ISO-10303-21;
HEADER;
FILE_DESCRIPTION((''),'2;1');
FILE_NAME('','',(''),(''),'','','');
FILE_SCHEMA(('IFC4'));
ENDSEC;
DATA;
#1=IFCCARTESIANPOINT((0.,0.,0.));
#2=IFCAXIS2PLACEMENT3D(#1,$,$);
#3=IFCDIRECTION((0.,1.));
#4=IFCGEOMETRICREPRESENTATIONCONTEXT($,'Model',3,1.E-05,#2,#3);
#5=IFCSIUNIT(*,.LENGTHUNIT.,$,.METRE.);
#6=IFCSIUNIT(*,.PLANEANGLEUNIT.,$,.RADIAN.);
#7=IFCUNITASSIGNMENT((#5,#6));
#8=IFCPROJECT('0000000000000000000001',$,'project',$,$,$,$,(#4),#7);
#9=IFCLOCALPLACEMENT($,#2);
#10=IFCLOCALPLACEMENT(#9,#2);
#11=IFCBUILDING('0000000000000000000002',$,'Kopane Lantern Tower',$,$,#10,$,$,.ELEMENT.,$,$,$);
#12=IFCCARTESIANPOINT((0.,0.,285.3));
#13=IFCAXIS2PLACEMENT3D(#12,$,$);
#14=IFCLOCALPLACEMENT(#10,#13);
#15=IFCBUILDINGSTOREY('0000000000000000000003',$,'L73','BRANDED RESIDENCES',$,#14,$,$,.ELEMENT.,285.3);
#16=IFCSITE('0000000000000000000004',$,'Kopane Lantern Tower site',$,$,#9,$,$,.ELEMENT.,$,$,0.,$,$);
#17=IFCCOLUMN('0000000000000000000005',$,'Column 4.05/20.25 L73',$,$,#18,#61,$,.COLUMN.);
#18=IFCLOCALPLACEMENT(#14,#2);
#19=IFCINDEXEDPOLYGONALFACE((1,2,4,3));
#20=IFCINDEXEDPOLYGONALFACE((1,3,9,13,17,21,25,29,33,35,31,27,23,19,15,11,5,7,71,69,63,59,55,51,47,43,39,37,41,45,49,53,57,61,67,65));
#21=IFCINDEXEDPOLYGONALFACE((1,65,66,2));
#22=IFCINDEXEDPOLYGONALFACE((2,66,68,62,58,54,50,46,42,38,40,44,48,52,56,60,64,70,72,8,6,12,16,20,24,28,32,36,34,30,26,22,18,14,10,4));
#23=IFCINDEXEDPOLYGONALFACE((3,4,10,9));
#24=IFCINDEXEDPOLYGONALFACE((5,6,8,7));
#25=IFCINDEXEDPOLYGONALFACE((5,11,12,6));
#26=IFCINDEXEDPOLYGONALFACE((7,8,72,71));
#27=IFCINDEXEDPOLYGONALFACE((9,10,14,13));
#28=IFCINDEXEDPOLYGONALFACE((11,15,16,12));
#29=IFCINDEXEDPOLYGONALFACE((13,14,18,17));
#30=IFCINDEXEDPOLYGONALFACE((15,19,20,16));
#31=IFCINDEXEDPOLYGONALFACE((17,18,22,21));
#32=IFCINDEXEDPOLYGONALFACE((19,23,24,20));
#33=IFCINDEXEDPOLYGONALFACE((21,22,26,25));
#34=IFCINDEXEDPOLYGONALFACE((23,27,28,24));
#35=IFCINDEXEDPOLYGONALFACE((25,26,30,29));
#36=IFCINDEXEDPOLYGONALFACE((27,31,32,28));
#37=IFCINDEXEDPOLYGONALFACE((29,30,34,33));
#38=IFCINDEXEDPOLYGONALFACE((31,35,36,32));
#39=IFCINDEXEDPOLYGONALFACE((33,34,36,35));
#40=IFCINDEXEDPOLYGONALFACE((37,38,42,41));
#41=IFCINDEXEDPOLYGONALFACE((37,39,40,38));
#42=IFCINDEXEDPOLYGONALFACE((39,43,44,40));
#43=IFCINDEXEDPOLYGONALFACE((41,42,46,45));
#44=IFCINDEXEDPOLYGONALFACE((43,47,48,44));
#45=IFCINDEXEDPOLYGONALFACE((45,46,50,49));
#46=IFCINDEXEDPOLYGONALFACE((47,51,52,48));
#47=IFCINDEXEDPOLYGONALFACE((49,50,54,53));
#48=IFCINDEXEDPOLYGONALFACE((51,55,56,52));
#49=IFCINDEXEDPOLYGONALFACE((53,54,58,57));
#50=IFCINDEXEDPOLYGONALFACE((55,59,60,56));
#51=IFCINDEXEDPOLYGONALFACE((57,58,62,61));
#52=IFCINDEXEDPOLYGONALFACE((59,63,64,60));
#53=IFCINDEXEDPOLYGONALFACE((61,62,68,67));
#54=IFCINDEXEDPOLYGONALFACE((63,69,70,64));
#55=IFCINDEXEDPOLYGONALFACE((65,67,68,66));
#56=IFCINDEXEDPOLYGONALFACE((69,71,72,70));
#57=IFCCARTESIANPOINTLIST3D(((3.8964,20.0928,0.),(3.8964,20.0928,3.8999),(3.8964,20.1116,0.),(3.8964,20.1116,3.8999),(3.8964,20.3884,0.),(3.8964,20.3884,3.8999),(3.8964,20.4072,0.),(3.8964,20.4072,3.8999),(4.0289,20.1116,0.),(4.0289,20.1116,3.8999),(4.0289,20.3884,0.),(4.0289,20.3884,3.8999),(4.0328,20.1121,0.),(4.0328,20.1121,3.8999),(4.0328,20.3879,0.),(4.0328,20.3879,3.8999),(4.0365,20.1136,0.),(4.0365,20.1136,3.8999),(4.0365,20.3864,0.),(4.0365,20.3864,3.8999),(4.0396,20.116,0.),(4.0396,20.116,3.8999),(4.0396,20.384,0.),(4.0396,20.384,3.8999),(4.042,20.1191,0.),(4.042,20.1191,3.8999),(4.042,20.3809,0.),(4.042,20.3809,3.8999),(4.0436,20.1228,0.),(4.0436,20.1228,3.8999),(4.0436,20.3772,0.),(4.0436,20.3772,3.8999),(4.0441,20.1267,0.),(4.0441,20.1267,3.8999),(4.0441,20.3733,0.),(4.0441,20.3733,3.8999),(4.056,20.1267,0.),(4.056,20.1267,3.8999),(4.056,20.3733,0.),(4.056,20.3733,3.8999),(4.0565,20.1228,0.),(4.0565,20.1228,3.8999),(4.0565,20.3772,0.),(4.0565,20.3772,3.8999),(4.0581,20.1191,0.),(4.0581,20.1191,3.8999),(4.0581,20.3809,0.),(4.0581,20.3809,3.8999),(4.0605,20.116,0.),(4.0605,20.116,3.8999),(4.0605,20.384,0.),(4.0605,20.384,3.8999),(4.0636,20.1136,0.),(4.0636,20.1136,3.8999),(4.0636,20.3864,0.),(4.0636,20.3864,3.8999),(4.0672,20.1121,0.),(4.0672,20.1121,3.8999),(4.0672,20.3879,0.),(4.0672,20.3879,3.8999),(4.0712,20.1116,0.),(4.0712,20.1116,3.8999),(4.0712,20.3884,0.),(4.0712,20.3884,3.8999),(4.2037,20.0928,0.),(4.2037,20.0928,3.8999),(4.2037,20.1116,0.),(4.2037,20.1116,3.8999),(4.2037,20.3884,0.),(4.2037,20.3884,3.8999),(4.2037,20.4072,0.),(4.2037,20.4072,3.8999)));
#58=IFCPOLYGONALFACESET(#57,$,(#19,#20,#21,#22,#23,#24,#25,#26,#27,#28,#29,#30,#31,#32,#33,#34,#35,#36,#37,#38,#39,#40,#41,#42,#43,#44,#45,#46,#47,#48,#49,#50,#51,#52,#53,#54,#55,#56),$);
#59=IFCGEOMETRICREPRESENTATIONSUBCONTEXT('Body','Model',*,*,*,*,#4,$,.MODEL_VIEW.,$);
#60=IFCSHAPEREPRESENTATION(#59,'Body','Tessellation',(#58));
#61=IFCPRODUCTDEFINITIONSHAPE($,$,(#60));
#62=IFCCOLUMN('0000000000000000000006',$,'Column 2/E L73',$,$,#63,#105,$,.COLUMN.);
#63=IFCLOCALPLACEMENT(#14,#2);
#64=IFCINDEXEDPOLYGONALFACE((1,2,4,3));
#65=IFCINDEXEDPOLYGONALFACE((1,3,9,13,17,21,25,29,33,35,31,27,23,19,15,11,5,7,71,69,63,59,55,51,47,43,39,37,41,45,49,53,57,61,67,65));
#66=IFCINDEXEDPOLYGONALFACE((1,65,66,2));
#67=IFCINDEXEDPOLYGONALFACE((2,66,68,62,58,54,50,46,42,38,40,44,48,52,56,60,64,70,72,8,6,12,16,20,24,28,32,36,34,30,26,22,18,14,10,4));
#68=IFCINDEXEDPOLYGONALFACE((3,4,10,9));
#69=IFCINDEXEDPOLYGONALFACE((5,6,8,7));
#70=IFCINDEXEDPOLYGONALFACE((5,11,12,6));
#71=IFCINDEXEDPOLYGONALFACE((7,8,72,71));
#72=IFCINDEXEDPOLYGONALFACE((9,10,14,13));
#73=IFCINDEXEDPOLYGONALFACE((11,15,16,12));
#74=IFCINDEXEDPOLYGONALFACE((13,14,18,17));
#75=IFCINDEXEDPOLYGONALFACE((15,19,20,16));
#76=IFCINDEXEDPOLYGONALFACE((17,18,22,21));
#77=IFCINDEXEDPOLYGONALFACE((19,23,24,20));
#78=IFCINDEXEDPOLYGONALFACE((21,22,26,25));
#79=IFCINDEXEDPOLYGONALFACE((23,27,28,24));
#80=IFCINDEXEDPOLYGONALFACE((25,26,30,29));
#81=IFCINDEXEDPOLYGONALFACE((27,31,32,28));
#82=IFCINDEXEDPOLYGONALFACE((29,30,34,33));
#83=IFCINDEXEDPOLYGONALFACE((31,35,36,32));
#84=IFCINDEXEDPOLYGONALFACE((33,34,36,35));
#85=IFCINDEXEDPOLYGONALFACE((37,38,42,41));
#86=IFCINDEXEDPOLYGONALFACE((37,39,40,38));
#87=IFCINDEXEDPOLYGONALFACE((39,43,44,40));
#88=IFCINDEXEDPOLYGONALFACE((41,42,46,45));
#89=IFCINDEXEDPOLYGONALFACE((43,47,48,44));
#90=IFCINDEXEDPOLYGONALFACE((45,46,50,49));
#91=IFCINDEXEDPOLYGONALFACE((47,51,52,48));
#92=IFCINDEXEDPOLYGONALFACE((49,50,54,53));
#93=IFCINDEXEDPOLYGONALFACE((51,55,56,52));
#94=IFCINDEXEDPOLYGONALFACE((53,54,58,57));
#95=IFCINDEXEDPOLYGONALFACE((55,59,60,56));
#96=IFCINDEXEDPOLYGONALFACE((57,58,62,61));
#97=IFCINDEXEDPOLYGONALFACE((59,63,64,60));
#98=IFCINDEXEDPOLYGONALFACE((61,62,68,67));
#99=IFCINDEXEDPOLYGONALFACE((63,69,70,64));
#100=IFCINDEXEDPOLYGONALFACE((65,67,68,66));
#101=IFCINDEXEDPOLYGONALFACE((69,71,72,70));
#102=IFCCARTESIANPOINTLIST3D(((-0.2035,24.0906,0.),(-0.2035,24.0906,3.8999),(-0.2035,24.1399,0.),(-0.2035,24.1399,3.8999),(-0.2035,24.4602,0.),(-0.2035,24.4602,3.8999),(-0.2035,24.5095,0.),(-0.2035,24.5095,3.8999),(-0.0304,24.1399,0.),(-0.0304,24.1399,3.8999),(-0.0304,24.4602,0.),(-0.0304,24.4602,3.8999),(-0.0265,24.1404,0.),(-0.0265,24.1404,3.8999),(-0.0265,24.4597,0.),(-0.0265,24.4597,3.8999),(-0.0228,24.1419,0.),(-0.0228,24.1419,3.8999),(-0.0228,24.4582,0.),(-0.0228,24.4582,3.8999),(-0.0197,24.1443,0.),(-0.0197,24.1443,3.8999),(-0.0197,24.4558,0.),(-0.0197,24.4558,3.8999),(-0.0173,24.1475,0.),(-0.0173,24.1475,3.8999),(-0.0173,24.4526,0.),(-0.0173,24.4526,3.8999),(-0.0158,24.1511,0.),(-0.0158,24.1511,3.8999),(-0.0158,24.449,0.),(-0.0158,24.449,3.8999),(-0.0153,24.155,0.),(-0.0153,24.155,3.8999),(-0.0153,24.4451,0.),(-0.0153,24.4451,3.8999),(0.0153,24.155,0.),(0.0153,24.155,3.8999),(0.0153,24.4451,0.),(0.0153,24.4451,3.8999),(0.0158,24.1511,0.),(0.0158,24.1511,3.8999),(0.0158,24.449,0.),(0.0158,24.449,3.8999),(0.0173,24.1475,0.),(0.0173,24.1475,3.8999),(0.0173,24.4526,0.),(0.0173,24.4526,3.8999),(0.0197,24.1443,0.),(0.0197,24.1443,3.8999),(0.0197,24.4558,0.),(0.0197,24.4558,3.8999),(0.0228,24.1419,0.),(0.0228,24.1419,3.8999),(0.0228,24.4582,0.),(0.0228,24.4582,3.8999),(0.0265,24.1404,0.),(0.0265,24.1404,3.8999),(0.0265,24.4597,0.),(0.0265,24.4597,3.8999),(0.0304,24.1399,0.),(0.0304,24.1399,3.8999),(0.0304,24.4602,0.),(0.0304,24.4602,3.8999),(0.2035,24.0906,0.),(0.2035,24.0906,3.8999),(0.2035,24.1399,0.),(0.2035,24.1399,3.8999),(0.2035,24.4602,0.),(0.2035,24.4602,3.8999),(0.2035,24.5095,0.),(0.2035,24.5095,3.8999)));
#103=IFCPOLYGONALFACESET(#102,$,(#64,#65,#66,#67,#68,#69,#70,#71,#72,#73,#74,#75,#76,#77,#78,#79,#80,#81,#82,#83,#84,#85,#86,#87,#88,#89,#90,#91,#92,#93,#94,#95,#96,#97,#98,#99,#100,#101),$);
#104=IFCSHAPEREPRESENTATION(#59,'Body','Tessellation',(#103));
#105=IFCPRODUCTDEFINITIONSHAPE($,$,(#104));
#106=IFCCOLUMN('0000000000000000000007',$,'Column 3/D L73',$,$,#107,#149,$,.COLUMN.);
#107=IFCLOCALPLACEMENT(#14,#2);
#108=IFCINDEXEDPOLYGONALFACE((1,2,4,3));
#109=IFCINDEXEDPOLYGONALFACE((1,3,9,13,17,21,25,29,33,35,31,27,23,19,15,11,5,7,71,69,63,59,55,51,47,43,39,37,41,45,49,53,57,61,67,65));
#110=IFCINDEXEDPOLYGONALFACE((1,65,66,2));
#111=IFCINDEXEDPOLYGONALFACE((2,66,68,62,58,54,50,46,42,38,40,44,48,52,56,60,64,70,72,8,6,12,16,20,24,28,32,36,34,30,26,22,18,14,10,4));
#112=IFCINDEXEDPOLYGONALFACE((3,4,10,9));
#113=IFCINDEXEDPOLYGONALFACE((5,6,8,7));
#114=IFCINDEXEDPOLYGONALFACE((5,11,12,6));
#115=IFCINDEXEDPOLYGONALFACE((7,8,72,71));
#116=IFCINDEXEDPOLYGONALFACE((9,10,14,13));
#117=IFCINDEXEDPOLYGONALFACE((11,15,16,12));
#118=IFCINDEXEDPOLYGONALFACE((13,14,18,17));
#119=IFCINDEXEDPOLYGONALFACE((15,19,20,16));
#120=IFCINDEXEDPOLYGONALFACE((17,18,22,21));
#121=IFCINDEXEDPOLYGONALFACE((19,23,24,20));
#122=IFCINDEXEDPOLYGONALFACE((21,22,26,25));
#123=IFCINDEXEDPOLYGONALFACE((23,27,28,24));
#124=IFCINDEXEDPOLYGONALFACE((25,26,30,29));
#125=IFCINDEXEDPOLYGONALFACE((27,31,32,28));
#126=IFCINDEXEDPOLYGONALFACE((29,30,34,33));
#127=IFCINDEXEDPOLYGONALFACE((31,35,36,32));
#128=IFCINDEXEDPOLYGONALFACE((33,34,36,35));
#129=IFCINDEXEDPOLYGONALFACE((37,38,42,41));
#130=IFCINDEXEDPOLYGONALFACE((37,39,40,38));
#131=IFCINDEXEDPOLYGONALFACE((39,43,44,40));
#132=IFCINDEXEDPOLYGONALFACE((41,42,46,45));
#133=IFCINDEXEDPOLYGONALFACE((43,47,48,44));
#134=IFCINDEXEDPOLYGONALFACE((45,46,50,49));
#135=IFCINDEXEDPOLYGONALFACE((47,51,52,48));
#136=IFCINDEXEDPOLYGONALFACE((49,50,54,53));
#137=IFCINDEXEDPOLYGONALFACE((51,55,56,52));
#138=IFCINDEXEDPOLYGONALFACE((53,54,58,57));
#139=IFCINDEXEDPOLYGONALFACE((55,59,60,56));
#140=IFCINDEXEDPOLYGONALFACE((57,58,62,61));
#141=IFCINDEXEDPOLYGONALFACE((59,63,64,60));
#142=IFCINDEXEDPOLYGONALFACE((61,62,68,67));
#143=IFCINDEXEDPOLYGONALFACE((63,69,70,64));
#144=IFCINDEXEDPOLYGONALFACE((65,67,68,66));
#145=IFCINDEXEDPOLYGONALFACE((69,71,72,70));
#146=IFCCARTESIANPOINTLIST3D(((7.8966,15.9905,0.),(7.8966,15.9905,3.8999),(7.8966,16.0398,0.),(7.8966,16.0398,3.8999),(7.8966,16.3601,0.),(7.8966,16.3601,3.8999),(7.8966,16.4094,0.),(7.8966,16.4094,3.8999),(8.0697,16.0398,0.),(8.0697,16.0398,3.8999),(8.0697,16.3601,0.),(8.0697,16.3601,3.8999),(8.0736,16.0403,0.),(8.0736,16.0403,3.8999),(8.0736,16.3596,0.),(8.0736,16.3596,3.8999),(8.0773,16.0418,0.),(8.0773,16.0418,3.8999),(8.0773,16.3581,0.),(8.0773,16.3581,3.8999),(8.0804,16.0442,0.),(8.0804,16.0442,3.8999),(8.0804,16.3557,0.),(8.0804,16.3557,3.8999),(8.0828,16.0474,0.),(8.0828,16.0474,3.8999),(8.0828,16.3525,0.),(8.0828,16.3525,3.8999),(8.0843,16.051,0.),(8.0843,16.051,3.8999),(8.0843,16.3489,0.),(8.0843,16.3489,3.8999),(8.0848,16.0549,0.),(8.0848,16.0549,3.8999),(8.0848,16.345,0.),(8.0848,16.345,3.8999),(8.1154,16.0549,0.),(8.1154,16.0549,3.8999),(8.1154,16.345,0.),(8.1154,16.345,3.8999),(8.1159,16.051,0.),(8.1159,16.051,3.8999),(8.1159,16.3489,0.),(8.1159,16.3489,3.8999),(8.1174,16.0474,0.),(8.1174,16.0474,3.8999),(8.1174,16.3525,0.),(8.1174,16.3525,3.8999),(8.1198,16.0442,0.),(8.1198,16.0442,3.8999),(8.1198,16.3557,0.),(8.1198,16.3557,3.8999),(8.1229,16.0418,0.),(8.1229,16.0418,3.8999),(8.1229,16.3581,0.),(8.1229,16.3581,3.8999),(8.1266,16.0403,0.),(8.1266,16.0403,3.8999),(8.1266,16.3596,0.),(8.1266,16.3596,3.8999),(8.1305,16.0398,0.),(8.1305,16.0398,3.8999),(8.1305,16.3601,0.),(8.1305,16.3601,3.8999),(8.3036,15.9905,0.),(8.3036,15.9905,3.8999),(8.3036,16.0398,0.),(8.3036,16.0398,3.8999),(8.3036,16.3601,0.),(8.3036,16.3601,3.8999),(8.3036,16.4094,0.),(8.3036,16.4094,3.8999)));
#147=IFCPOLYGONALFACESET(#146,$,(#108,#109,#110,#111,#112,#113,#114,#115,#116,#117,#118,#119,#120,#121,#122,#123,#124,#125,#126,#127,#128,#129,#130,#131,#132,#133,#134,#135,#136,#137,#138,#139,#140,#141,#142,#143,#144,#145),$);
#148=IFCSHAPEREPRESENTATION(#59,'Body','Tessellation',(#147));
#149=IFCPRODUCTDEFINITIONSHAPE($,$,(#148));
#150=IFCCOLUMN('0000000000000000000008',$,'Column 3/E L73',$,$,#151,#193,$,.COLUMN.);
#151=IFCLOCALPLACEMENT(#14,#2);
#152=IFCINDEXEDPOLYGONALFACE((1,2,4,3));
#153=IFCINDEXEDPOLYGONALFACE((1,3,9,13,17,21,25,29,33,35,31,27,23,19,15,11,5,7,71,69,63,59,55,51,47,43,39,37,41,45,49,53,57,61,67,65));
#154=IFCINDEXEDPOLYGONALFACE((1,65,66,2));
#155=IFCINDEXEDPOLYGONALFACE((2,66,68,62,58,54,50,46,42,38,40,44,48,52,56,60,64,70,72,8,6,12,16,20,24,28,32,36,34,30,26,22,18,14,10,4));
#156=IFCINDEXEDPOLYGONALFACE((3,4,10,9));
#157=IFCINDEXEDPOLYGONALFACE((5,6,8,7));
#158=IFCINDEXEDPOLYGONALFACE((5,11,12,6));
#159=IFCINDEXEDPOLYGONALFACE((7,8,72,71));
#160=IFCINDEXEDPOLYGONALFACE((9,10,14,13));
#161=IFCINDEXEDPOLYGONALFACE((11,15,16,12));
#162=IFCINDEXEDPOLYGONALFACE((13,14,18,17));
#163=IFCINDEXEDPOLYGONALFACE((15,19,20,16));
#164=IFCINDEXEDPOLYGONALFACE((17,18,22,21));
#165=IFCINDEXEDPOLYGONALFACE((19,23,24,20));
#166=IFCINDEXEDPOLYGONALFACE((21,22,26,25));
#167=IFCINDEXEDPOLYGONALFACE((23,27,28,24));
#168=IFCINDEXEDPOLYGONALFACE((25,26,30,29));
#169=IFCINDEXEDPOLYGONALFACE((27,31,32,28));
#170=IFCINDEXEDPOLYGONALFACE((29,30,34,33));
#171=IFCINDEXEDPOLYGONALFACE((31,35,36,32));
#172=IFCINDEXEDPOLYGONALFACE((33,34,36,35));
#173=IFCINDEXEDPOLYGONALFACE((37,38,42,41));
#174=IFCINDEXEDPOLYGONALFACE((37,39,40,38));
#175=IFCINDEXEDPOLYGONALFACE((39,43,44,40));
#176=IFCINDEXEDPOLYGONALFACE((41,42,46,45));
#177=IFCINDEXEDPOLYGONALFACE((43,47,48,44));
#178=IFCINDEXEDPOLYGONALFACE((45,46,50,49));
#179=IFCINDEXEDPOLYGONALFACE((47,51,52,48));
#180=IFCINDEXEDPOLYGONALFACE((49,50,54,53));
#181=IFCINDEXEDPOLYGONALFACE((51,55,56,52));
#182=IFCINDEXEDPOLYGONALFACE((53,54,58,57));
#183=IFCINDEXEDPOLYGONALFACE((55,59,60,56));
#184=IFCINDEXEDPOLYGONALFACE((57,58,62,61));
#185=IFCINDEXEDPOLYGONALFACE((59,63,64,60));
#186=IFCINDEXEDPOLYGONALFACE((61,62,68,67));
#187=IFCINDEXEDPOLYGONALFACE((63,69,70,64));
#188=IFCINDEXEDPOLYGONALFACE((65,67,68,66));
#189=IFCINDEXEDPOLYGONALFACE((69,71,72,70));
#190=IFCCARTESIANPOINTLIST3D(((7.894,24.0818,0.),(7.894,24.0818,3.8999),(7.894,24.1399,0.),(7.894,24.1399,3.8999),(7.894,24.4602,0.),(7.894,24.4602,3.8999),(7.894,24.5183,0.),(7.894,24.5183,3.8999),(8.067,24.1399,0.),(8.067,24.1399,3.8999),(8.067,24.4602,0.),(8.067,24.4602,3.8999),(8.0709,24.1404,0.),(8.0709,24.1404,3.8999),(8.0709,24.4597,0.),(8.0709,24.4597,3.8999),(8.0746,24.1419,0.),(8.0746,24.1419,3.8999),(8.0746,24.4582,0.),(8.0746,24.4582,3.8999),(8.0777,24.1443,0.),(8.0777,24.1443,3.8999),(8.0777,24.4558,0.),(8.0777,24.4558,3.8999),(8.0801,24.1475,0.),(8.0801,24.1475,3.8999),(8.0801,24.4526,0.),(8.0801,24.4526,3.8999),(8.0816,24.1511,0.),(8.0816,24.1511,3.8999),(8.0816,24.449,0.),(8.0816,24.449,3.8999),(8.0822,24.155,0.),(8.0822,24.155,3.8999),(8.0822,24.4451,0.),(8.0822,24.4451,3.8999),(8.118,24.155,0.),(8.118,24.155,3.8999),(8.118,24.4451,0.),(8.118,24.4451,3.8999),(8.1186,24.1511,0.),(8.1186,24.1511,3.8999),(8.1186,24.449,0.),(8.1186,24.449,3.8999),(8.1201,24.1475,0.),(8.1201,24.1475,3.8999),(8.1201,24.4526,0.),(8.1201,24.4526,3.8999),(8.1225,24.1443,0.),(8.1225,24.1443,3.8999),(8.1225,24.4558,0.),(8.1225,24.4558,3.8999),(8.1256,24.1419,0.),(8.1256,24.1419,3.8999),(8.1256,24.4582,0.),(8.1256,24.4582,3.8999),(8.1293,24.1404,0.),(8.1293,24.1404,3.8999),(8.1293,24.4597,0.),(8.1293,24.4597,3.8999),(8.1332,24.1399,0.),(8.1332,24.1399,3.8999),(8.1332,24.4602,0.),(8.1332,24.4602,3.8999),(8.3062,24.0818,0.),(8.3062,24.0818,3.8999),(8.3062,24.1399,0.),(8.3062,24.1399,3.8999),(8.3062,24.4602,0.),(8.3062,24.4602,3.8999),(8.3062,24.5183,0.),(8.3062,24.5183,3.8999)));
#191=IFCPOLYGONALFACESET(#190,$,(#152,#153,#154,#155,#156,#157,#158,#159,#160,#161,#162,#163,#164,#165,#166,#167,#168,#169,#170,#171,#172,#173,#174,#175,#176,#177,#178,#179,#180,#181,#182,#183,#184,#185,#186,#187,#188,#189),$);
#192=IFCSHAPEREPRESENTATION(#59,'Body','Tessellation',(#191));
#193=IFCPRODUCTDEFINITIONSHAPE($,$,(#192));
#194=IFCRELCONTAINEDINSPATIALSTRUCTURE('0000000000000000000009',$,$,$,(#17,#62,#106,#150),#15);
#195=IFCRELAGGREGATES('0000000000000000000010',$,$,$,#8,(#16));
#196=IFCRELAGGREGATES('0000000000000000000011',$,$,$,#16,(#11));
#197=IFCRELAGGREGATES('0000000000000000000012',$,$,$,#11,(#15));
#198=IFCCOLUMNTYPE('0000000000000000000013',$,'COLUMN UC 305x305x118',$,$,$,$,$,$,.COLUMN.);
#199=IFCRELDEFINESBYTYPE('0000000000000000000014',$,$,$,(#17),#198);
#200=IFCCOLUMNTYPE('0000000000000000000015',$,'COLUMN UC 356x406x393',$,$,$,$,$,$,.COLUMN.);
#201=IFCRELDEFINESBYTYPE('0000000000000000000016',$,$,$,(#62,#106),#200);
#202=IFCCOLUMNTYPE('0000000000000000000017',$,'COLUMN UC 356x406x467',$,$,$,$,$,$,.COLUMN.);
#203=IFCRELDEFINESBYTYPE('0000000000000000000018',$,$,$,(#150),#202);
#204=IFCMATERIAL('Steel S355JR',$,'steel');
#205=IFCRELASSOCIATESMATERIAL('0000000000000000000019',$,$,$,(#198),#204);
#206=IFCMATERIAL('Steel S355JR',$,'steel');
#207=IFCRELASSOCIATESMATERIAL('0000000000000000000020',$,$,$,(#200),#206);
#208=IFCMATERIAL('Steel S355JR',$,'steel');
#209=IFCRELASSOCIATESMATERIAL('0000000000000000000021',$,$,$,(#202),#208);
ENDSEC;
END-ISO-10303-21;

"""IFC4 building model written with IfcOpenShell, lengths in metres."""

from ifc_helpers import new_model, si_unit, direction, frame, origin, origin_2d, place, context, subcontext, project, spatial, i_section, extrude, material, material_profile, profile_set, type_object, element, save


model = new_model("IFC4")

# Units and contexts
model_context = context("Model", 3, precision=1e-05, world=origin(), true_north=direction((0.0, 1.0)))
body_context = subcontext(model_context, "Body", "Model", "MODEL_VIEW")
ifc_project = project(units=[si_unit("LENGTHUNIT", "METRE"), si_unit("PLANEANGLEUNIT", "RADIAN")], contexts=[model_context])

# Site, building, storey
site_placement = place(None, origin())
site = spatial("IfcSite", under=ifc_project, at=site_placement, Name="Kopane Lantern Tower site", CompositionType="ELEMENT", RefElevation=0.0)
building_placement = place(site_placement, origin())
building = spatial("IfcBuilding", under=site, at=building_placement, Name="Kopane Lantern Tower", CompositionType="ELEMENT")
storey_placement = place(building_placement, frame((0.0, 0.0, 285.3)))
storey = spatial("IfcBuildingStorey", under=building, at=storey_placement, Name="L73", Description="BRANDED RESIDENCES", CompositionType="ELEMENT", Elevation=285.3)

# Columns
ifc_material_1 = material(Name="Steel S355JR", Category="steel")
ifc_material_profile_1 = material_profile(ifc_material_1, i_section(OverallWidth=0.3074, OverallDepth=0.3145, WebThickness=0.012, FlangeThickness=0.0188, FilletRadius=0.0151, at=origin_2d()), Name="UC 305x305x118")
ifc_profile_set_1 = profile_set([ifc_material_profile_1], Name="Steel S355JR")
column_type_1 = type_object("IfcColumnType", Name="COLUMN UC 305x305x118", PredefinedType="COLUMN", material=ifc_profile_set_1)
column_1_placement = place(storey_placement, frame((4.05, 20.25, 0.0), z_axis=(0.0, 0.0, 1.0), x_axis=(1.0, 0.0, 0.0)))
element("IfcColumn", 1, at=column_1_placement, inside=storey, type_object=column_type_1, Name="Column 4.05/20.25 L73", PredefinedType="COLUMN", context=body_context, shape_type="SweptSolid", body=[
    extrude(i_section(OverallWidth=0.3074, OverallDepth=0.3145, WebThickness=0.012, FlangeThickness=0.0188, FilletRadius=0.0151, at=origin_2d()), origin(), (0.0, 0.0, 1.0), 3.8999),
])
ifc_material_2 = material(Name="Steel S355JR", Category="steel")
ifc_material_profile_2 = material_profile(ifc_material_2, i_section(OverallWidth=0.407, OverallDepth=0.4189, WebThickness=0.0305, FlangeThickness=0.0493, FilletRadius=0.0151, at=origin_2d()), Name="UC 356x406x393")
ifc_profile_set_2 = profile_set([ifc_material_profile_2], Name="Steel S355JR")
column_type_2 = type_object("IfcColumnType", Name="COLUMN UC 356x406x393", PredefinedType="COLUMN", material=ifc_profile_set_2)
for number, where, z_axis, x_axis, name in (
    (2, (0.0, 24.3, 0.0), (0.0, 0.0, 1.0), (1.0, 0.0, 0.0), "Column 2/E L73"),
    (3, (8.1001, 16.2, 0.0), (0.0, 0.0, 1.0), (1.0, 0.0, 0.0), "Column 3/D L73"),
):
    element("IfcColumn", number, at=place(storey_placement, frame(where, z_axis=z_axis, x_axis=x_axis)), inside=storey, type_object=column_type_2, Name=name, PredefinedType="COLUMN", context=body_context, shape_type="SweptSolid", body=[
        extrude(i_section(OverallWidth=0.407, OverallDepth=0.4189, WebThickness=0.0305, FlangeThickness=0.0493, FilletRadius=0.0151, at=origin_2d()), origin(), (0.0, 0.0, 1.0), 3.8999),
    ])
ifc_material_3 = material(Name="Steel S355JR", Category="steel")
ifc_material_profile_3 = material_profile(ifc_material_3, i_section(OverallWidth=0.4121, OverallDepth=0.4365, WebThickness=0.0359, FlangeThickness=0.0581, FilletRadius=0.0151, at=origin_2d()), Name="UC 356x406x467")
ifc_profile_set_3 = profile_set([ifc_material_profile_3], Name="Steel S355JR")
column_type_3 = type_object("IfcColumnType", Name="COLUMN UC 356x406x467", PredefinedType="COLUMN", material=ifc_profile_set_3)
column_2_placement = place(storey_placement, frame((8.1001, 24.3, 0.0), z_axis=(0.0, 0.0, 1.0), x_axis=(1.0, 0.0, 0.0)))
element("IfcColumn", 4, at=column_2_placement, inside=storey, type_object=column_type_3, Name="Column 3/E L73", PredefinedType="COLUMN", context=body_context, shape_type="SweptSolid", body=[
    extrude(i_section(OverallWidth=0.4121, OverallDepth=0.4365, WebThickness=0.0359, FlangeThickness=0.0581, FilletRadius=0.0151, at=origin_2d()), origin(), (0.0, 0.0, 1.0), 3.8999),
])

save(model, "model.ifc")
